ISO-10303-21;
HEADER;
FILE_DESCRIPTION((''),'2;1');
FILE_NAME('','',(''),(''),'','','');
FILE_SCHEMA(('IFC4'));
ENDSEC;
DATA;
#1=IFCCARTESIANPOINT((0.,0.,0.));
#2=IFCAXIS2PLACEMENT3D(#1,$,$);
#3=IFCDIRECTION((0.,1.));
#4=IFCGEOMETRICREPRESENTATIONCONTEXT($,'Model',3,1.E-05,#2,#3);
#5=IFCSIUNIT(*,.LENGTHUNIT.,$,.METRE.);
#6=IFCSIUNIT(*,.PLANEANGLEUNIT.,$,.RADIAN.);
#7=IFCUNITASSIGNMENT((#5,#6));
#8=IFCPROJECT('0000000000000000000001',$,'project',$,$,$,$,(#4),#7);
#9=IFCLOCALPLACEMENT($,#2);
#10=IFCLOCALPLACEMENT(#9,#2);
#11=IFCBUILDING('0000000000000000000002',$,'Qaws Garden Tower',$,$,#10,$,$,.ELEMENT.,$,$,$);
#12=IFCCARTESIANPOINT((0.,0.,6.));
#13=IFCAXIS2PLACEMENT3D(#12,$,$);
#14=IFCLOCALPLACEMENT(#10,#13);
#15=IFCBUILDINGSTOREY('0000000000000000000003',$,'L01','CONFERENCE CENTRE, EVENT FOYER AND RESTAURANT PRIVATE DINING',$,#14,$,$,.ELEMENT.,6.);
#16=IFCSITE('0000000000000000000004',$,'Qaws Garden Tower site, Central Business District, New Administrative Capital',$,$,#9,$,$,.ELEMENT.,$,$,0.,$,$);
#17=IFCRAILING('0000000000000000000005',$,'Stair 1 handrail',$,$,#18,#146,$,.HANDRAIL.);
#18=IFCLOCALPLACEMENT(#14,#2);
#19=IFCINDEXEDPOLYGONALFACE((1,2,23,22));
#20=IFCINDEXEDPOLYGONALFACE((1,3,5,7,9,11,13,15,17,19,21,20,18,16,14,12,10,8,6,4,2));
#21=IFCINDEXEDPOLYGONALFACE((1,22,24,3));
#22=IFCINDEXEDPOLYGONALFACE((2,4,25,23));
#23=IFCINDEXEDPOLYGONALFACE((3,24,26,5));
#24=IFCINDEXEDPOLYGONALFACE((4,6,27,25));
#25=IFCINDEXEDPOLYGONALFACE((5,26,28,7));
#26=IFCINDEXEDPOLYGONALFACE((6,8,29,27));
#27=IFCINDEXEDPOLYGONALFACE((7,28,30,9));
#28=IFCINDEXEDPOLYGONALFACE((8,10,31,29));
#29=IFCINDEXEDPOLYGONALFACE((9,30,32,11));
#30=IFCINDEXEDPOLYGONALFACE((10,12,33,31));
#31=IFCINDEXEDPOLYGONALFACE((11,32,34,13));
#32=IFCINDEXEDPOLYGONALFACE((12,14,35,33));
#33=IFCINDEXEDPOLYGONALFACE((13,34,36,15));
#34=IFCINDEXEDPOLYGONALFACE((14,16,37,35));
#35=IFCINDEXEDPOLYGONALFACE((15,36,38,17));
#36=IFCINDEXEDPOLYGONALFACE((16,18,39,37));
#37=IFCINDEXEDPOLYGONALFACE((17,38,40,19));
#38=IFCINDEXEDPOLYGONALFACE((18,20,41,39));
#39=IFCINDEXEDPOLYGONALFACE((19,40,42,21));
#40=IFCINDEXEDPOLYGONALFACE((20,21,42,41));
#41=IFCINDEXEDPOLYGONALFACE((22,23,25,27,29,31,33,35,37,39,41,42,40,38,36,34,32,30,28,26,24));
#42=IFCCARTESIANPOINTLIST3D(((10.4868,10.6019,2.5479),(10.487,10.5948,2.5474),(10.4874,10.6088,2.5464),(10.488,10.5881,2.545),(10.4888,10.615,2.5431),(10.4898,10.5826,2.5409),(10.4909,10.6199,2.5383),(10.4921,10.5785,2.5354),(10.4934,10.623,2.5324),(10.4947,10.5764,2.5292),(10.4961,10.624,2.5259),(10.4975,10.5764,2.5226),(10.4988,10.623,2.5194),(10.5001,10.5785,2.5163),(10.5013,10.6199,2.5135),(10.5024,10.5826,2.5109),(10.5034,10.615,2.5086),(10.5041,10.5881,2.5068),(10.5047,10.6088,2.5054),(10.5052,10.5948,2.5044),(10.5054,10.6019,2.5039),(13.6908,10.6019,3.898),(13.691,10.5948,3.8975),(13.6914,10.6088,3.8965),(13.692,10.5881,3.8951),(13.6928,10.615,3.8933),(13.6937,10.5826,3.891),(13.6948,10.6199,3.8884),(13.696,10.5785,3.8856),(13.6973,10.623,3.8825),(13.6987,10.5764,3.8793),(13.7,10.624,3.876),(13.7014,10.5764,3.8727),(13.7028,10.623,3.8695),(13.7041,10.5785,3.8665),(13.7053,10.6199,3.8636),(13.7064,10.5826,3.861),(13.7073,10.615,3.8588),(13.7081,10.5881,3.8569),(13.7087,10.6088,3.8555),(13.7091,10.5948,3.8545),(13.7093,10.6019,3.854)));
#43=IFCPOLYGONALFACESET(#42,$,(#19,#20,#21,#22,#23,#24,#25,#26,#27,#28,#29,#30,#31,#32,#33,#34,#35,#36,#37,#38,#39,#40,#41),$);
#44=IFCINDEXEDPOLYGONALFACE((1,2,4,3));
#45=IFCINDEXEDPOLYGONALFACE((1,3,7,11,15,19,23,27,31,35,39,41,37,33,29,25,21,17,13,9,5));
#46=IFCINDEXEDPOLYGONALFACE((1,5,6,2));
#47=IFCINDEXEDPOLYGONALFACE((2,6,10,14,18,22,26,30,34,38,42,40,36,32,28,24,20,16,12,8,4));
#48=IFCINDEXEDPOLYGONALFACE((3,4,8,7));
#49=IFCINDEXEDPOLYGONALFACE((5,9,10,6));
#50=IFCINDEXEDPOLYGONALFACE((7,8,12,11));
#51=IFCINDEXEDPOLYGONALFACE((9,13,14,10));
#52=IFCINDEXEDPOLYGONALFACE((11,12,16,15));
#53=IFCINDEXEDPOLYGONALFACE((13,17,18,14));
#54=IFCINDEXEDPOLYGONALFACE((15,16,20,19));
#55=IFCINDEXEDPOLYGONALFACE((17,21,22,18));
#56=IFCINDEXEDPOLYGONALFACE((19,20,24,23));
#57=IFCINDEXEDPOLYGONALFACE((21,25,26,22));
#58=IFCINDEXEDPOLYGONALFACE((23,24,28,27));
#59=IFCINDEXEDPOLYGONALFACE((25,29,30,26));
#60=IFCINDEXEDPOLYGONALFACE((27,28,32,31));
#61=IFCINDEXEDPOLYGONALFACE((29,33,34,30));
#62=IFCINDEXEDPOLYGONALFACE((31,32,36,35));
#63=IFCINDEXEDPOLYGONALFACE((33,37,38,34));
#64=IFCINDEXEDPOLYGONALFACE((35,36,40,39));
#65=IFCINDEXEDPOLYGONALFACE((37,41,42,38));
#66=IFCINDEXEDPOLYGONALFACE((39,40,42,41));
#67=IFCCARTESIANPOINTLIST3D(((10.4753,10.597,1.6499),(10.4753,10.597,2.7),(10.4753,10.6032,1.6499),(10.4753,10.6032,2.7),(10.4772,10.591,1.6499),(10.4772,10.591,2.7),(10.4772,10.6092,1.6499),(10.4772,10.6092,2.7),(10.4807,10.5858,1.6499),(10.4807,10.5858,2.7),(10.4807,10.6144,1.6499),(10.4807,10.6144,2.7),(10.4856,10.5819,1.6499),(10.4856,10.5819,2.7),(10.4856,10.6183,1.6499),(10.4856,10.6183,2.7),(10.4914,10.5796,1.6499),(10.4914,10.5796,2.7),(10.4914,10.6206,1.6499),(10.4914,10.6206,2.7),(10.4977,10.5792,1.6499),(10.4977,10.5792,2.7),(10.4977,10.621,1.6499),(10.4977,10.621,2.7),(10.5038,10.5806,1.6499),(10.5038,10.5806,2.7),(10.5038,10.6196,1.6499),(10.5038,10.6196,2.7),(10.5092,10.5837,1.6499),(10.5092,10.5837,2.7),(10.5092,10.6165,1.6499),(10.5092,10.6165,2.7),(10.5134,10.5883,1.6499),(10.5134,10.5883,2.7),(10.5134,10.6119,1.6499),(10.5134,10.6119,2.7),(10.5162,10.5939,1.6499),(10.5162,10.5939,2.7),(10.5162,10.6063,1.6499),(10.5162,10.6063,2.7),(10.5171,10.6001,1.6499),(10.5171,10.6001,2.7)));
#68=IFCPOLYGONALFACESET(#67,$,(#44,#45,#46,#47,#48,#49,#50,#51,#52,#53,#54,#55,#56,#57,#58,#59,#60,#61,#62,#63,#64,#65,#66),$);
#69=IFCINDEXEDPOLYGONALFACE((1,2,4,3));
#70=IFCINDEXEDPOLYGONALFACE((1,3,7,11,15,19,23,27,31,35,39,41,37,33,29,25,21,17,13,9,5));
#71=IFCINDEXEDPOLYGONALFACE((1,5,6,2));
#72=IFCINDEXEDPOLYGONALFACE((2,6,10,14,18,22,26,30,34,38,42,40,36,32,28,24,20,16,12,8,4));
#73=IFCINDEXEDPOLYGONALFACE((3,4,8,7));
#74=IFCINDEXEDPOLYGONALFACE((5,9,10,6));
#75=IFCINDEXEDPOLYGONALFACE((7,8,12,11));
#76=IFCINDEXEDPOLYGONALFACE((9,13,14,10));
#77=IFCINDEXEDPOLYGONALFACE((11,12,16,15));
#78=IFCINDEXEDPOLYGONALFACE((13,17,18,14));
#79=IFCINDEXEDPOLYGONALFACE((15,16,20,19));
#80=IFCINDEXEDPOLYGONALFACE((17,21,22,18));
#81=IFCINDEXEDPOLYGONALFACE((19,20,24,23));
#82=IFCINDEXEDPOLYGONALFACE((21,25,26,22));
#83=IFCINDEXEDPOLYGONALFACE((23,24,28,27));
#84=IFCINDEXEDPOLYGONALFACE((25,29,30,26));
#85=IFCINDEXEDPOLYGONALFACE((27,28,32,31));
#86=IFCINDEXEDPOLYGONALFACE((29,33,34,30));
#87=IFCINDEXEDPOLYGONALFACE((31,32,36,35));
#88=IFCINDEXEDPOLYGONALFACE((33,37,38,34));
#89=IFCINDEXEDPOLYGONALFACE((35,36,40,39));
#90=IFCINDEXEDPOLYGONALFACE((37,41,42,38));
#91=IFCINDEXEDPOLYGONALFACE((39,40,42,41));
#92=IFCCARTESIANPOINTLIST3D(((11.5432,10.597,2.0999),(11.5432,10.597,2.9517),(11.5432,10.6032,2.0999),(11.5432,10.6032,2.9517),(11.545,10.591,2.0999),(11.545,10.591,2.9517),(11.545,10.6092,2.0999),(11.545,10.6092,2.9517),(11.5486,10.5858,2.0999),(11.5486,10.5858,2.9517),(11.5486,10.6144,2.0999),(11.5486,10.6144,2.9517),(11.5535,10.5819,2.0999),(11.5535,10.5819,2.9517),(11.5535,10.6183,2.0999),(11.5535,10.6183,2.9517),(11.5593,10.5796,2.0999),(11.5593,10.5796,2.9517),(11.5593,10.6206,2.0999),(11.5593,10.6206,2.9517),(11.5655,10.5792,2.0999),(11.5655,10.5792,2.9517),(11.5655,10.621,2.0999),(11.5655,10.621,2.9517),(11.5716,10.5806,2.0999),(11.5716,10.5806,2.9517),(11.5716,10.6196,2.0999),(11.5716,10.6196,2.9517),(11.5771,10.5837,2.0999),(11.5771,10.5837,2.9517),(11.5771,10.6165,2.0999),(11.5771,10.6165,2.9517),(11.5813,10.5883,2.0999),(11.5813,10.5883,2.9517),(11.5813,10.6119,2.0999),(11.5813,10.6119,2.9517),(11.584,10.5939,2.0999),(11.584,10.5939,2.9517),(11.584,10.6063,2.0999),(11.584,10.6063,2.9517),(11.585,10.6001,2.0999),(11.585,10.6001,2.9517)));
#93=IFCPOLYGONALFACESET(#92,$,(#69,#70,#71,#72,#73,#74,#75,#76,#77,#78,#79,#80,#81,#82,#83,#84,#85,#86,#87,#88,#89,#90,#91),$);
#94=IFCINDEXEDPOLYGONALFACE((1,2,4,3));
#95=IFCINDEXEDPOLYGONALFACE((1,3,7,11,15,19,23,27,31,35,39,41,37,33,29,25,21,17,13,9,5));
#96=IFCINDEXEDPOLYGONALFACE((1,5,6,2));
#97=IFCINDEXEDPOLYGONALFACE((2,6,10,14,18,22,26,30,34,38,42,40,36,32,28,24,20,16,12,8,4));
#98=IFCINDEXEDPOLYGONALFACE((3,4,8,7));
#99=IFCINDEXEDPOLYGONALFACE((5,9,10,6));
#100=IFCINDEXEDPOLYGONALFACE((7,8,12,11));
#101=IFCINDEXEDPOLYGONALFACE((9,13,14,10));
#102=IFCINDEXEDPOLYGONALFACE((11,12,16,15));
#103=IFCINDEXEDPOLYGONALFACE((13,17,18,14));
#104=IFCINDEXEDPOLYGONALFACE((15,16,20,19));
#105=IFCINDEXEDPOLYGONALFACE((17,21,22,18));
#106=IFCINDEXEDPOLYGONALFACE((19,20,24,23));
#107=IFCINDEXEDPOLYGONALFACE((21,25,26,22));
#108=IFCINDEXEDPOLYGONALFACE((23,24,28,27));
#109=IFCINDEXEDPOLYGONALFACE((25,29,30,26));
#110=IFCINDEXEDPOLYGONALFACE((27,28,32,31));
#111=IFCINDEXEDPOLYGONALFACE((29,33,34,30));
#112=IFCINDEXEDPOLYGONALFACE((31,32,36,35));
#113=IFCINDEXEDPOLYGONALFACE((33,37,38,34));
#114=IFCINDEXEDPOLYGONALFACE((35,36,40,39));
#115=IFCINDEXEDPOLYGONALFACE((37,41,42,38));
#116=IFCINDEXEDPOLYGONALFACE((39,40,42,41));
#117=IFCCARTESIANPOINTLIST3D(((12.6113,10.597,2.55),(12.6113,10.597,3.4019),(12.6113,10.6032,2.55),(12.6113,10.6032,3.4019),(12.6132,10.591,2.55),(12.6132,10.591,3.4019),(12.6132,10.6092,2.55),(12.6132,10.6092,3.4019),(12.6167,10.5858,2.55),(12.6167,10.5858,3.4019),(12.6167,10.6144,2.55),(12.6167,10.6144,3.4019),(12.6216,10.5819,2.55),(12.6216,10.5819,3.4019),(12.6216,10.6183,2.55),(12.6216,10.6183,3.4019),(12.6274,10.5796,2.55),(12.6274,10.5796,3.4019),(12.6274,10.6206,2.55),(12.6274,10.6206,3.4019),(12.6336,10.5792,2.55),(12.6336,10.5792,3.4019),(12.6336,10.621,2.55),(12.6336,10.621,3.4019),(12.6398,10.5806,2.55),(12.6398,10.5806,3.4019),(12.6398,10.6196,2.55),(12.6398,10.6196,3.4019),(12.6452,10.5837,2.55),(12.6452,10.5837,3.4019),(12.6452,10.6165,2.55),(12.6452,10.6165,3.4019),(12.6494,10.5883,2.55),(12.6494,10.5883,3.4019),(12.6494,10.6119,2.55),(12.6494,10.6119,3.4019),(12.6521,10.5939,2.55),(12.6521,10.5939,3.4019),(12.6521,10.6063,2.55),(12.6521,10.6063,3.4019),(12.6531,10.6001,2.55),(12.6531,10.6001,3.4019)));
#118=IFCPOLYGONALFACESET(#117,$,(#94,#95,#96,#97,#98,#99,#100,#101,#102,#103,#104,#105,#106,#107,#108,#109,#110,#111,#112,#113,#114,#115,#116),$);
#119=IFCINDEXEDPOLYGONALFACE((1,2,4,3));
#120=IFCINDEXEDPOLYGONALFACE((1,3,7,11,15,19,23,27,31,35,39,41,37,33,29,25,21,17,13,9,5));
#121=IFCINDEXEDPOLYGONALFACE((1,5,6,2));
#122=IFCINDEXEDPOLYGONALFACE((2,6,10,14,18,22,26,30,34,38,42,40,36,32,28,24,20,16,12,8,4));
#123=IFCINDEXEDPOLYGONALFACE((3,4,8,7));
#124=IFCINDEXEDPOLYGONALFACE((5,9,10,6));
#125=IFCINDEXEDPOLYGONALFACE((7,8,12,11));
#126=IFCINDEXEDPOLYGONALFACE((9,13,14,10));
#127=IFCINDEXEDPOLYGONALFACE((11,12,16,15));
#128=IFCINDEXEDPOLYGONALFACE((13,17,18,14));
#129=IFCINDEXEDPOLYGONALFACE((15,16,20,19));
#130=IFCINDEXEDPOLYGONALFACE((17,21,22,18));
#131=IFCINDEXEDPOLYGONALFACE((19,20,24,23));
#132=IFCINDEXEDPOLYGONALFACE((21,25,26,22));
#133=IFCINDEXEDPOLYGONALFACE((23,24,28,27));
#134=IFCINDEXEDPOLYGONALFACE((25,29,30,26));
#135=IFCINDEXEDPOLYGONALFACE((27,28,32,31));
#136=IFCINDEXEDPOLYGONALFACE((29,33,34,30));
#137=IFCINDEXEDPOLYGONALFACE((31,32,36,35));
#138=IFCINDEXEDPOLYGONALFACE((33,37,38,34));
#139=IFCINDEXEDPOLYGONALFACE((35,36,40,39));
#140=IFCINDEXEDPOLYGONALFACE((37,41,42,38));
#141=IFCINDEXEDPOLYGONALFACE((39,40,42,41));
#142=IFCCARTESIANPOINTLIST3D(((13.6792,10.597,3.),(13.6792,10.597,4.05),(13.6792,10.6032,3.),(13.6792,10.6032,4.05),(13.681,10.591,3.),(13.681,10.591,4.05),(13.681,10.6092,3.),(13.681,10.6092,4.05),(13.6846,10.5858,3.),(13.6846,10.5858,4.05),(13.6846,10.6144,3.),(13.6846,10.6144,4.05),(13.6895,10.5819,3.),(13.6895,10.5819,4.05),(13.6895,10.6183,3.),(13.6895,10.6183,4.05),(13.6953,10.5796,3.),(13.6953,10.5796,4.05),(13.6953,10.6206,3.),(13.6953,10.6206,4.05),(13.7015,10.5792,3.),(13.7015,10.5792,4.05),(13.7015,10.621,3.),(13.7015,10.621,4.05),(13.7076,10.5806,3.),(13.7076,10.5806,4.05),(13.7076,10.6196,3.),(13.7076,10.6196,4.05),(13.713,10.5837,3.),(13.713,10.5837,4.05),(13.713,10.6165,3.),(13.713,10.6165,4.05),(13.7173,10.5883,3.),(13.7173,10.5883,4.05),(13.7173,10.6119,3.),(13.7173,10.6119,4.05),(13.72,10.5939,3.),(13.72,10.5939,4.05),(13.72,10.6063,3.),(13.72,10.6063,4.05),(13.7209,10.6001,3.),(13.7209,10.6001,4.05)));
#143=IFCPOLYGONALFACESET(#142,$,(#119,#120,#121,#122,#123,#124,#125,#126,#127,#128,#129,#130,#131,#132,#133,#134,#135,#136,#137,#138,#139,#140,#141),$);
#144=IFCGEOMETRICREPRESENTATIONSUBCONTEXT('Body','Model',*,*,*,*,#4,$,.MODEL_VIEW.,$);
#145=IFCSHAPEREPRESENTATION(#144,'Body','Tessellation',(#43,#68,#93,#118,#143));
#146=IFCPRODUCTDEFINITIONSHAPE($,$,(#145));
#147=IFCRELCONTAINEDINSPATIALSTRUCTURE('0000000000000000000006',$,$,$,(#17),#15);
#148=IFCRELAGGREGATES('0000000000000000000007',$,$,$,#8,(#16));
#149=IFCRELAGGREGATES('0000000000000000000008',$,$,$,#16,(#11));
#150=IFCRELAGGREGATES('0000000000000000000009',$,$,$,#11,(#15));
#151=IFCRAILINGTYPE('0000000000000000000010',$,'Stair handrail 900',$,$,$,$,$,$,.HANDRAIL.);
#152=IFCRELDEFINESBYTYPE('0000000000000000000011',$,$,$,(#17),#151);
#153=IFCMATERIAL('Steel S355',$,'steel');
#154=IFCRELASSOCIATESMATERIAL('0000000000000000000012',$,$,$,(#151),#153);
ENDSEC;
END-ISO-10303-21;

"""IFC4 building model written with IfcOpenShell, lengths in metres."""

from ifc_helpers import new_model, si_unit, direction, frame, origin, origin_2d, place, context, subcontext, project, spatial, circle, extrude, material, type_object, element, save


model = new_model("IFC4")

# Units and contexts
model_context = context("Model", 3, precision=1e-05, world=origin(), true_north=direction((0.0, 1.0)))
body_context = subcontext(model_context, "Body", "Model", "MODEL_VIEW")
ifc_project = project(units=[si_unit("LENGTHUNIT", "METRE"), si_unit("PLANEANGLEUNIT", "RADIAN")], contexts=[model_context])

# Site, building, storey
site_placement = place(None, origin())
site = spatial("IfcSite", under=ifc_project, at=site_placement, Name="Qaws Garden Tower site, Central Business District, New Administrative Capital", CompositionType="ELEMENT", RefElevation=0.0)
building_placement = place(site_placement, origin())
building = spatial("IfcBuilding", under=site, at=building_placement, Name="Qaws Garden Tower", CompositionType="ELEMENT")
storey_placement = place(building_placement, frame((0.0, 0.0, 6.0)))
storey = spatial("IfcBuildingStorey", under=building, at=storey_placement, Name="L01", Description="CONFERENCE CENTRE, EVENT FOYER AND RESTAURANT PRIVATE DINING", CompositionType="ELEMENT", Elevation=6.0)

# Railing
ifc_material_1 = material(Name="Steel S355", Category="steel")
railing_type = type_object("IfcRailingType", Name="Stair handrail 900", PredefinedType="HANDRAIL", material=ifc_material_1)
railing_1_placement = place(storey_placement, frame((10.4961, 10.6001, 1.6499)))
element("IfcRailing", 1, at=railing_1_placement, inside=storey, type_object=railing_type, Name="Stair 1 handrail", PredefinedType="HANDRAIL", context=body_context, shape_type="SweptSolid", body=[
    extrude(circle(Radius=0.0239, at=origin_2d()), frame((0.0, 0.0, 0.876), z_axis=(0.921522, 0.0, 0.388327), x_axis=(0.0, 1.0, 0.0)), (0.0, 0.0, 1.0), 3.4768),
    extrude(circle(Radius=0.021, at=origin_2d()), origin(), (0.0, 0.0, 1.0), 1.05),
    extrude(circle(Radius=0.021, at=origin_2d()), frame((1.0679, 0.0, 0.45)), (0.0, 0.0, 1.0), 0.8518),
    extrude(circle(Radius=0.021, at=origin_2d()), frame((2.136, 0.0, 0.9001)), (0.0, 0.0, 1.0), 0.8518),
    extrude(circle(Radius=0.021, at=origin_2d()), frame((3.2039, 0.0, 1.3501)), (0.0, 0.0, 1.0), 1.05),
])

save(model, "model.ifc")
